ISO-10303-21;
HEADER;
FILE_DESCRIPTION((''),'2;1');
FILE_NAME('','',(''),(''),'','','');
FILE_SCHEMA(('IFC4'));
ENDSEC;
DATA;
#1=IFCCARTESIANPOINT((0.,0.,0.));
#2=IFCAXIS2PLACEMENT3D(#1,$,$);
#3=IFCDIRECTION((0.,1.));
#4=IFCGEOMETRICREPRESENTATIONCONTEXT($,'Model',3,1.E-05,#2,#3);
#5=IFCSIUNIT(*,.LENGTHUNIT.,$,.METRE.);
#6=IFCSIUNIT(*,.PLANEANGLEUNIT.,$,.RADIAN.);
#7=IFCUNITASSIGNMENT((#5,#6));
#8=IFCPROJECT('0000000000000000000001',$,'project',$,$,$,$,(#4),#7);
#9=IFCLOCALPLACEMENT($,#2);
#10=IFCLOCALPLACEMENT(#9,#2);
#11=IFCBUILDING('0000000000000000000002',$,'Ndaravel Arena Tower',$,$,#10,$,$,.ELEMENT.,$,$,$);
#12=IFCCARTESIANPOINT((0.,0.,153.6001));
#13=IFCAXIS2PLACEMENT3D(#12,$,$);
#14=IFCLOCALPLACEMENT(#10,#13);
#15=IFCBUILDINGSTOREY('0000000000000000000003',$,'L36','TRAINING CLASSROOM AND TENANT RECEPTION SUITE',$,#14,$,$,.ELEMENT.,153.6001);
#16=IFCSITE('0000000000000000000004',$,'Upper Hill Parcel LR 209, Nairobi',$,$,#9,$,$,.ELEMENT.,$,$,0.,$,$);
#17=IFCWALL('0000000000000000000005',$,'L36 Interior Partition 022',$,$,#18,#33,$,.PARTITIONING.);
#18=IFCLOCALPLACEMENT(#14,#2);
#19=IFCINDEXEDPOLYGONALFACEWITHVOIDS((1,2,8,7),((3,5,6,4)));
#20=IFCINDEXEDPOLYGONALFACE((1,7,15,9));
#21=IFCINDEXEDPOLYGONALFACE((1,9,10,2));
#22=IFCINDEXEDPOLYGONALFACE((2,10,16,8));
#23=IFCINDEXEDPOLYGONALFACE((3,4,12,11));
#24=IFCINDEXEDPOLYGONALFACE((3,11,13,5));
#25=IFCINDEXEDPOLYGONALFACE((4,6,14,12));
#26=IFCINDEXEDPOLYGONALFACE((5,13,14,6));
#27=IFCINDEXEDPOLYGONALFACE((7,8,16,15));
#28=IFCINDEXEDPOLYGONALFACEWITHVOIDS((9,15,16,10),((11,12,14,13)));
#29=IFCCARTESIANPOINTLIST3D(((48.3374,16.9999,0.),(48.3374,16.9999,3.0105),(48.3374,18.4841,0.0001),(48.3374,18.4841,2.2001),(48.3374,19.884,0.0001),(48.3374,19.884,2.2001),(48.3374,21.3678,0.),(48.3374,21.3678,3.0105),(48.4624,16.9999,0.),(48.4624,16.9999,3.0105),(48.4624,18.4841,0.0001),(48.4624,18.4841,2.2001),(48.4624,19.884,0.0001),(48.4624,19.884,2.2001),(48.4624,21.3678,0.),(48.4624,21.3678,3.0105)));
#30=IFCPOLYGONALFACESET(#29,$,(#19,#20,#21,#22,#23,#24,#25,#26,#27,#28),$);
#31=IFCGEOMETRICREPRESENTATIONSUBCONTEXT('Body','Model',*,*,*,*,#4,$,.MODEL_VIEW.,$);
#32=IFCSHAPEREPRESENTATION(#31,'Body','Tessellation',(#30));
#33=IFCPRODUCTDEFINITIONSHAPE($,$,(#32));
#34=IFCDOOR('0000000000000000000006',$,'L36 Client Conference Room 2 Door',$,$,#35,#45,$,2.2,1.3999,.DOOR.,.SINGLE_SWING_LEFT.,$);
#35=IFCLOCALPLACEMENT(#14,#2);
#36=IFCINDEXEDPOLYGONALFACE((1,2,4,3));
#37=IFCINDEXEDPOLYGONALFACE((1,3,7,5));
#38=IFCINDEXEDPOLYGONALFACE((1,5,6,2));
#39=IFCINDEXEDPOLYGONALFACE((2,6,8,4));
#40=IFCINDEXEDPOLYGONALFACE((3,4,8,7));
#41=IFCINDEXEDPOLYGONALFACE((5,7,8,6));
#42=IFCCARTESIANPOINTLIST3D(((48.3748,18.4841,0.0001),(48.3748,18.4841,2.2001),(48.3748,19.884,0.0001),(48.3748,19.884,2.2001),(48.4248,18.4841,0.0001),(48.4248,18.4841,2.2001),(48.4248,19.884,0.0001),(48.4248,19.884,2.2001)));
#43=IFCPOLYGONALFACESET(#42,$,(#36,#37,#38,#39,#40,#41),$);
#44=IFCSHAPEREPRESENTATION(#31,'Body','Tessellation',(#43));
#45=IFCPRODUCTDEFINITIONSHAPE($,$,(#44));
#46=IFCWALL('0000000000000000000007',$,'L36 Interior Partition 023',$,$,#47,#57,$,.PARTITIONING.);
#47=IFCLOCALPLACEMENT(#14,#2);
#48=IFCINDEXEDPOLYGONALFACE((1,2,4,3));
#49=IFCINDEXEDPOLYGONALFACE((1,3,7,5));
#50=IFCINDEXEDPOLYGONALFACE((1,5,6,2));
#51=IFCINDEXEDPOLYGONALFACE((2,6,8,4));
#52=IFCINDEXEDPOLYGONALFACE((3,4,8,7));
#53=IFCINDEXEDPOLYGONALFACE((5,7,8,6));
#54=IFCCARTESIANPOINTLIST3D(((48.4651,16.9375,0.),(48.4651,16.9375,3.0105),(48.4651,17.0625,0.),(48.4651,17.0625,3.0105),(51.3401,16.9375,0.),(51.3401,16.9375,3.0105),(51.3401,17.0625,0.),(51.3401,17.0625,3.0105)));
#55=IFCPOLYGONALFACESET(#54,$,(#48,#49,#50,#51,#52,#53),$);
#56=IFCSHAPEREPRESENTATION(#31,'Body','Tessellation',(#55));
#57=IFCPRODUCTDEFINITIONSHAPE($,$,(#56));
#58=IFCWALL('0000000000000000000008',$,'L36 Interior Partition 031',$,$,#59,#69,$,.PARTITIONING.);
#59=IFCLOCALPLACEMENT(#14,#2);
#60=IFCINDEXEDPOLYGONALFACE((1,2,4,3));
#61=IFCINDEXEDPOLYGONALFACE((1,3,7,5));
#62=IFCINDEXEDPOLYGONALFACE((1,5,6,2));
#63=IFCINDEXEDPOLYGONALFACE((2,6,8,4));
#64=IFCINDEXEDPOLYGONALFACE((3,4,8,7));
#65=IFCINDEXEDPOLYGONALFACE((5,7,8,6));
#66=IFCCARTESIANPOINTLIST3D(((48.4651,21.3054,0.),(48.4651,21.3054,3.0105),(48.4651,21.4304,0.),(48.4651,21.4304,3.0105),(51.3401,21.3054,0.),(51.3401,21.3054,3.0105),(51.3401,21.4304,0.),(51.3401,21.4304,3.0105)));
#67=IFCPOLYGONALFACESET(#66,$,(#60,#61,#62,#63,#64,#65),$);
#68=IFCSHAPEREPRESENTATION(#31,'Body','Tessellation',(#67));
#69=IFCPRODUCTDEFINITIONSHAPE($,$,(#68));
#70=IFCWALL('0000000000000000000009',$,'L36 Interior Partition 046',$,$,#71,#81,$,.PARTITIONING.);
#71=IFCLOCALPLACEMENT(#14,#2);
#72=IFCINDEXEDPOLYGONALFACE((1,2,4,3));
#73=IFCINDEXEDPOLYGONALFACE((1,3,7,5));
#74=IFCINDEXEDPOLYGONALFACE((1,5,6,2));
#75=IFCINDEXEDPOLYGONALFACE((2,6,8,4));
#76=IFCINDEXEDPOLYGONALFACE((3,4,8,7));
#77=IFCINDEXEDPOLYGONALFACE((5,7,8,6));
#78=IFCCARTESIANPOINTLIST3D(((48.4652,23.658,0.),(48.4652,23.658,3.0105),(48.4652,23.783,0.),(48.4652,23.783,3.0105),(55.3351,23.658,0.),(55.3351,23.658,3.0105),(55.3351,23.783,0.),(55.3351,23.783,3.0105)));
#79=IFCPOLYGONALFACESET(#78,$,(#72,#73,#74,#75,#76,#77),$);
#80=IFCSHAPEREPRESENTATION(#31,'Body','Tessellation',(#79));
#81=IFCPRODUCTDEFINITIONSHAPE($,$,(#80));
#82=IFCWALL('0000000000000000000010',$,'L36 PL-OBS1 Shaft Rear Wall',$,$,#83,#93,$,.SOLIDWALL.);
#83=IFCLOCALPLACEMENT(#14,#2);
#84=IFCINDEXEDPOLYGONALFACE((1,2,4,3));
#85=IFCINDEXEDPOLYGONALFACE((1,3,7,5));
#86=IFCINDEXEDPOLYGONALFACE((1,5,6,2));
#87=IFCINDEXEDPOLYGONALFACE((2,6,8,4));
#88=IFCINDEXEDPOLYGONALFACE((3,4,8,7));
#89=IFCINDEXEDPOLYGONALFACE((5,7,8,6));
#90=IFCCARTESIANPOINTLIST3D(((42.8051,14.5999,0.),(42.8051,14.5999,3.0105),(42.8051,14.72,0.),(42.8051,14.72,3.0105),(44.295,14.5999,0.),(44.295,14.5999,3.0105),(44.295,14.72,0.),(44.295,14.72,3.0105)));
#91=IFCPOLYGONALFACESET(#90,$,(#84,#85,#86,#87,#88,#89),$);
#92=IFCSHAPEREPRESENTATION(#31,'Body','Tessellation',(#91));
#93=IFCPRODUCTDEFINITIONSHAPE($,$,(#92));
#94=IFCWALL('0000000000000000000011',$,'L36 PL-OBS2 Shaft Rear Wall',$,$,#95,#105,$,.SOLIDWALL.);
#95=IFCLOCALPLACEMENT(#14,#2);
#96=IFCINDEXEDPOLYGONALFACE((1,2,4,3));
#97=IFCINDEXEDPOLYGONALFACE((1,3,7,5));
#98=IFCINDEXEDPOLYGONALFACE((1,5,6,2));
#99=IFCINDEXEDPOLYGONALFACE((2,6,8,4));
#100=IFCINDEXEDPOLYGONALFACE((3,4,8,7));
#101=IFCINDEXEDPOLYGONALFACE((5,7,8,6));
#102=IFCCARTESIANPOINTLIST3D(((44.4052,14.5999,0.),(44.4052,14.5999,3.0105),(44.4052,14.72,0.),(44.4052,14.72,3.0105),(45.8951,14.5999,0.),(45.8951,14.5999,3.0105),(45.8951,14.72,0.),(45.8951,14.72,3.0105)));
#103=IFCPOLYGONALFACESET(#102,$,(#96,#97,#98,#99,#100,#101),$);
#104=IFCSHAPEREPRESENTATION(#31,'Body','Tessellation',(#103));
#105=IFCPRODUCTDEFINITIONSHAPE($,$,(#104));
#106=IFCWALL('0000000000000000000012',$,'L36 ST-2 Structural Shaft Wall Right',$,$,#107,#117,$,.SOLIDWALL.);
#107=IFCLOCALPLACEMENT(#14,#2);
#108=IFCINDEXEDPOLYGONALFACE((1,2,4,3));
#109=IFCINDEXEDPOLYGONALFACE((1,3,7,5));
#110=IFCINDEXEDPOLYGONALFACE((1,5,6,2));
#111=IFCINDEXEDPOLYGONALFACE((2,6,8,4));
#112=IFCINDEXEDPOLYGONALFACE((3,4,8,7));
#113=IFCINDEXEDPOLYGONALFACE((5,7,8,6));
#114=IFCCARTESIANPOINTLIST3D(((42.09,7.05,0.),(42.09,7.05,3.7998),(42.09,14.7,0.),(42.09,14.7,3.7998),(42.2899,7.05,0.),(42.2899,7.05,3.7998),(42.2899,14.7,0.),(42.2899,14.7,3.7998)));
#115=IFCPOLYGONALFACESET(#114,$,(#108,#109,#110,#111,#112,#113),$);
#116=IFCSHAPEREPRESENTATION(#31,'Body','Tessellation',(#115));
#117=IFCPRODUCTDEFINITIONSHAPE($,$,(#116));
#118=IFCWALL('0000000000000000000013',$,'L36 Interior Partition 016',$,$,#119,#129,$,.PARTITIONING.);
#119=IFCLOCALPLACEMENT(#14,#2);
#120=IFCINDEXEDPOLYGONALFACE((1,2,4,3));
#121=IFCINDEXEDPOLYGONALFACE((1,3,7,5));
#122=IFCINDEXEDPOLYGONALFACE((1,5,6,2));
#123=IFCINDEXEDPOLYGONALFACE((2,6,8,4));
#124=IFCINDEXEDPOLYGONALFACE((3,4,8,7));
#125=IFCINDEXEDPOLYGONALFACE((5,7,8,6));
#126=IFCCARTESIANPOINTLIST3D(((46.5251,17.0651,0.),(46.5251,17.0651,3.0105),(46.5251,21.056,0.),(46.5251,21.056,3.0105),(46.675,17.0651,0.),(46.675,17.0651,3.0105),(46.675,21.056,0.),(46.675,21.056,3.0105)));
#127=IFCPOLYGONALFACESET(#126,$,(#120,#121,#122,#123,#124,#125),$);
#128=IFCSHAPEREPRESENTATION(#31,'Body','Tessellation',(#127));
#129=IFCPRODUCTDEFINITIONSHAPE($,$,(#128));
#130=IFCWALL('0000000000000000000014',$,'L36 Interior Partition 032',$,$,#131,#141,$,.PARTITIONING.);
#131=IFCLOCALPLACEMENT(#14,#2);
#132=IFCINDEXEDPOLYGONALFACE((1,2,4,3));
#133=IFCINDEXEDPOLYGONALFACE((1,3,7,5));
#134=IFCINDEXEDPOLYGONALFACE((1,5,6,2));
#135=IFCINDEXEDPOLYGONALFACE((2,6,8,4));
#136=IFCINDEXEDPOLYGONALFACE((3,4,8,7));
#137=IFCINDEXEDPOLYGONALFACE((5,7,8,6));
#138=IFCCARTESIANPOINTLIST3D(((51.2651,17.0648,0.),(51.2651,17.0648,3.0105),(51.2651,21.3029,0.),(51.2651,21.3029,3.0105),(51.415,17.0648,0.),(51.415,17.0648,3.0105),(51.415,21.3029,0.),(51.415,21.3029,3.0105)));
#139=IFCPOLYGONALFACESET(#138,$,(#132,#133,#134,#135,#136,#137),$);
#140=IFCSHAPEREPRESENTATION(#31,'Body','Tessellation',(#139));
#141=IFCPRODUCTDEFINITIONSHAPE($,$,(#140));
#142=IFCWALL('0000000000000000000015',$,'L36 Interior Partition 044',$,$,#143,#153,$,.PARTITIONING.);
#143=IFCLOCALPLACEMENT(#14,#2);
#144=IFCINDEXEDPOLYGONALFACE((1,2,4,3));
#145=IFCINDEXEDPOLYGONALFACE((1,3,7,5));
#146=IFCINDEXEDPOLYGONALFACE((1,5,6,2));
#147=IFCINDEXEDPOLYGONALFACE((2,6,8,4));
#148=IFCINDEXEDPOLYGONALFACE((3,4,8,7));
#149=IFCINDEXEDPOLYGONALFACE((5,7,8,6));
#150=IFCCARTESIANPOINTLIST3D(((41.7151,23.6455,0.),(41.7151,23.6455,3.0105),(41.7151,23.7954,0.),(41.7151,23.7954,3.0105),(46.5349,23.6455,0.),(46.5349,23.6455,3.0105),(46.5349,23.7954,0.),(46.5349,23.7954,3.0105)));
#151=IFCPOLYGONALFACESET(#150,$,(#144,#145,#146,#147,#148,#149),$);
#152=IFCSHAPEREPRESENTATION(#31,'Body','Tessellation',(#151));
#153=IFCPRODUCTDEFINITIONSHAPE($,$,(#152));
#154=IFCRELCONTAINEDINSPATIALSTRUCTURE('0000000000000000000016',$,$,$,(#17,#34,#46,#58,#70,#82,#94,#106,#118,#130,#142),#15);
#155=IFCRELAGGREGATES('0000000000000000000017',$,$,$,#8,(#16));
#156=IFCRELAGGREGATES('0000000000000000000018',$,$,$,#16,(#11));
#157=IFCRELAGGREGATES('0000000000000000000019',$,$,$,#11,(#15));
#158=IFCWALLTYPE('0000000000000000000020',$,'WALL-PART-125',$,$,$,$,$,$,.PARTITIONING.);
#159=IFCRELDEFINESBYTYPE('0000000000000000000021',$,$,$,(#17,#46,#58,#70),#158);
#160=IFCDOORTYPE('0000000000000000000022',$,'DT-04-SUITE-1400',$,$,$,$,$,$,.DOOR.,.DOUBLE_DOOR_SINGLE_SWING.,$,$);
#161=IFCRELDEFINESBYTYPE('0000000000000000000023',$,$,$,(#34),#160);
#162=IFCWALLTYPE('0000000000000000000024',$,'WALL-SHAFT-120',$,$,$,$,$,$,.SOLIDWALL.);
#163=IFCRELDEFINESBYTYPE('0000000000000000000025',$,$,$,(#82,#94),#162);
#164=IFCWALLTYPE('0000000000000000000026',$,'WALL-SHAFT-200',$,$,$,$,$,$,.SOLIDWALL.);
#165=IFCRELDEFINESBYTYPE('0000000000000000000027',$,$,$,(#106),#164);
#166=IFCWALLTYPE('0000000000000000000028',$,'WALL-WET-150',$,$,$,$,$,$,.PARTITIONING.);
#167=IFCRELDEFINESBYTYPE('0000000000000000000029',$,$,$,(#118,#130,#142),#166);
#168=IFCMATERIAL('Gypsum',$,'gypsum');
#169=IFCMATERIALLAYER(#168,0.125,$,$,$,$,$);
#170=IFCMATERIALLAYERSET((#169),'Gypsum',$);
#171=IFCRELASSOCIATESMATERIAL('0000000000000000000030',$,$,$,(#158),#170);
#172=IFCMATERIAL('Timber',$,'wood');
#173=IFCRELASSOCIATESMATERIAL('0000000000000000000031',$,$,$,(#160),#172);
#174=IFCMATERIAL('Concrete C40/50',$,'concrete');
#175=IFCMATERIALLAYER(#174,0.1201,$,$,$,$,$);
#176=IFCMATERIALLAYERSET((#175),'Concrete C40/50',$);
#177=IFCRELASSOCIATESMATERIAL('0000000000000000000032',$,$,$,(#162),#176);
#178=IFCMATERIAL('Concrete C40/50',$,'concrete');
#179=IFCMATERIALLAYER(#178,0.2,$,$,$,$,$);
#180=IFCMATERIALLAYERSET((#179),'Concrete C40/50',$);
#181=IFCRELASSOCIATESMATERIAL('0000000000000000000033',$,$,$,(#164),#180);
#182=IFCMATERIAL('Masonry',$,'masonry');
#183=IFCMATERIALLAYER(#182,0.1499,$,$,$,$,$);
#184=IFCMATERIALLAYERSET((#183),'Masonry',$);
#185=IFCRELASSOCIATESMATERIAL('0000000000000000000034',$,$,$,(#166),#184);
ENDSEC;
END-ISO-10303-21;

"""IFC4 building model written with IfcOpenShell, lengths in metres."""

from ifc_helpers import new_model, si_unit, direction, frame, frame_2d, origin, place, context, subcontext, project, spatial, rectangle, extrude, material, layer, layer_set, type_object, element, fill, save


model = new_model("IFC4")

# Units and contexts
model_context = context("Model", 3, precision=1e-05, world=origin(), true_north=direction((0.0, 1.0)))
body_context = subcontext(model_context, "Body", "Model", "MODEL_VIEW")
ifc_project = project(units=[si_unit("LENGTHUNIT", "METRE"), si_unit("PLANEANGLEUNIT", "RADIAN")], contexts=[model_context])

# Site, building, storey
site_placement = place(None, origin())
site = spatial("IfcSite", under=ifc_project, at=site_placement, Name="Upper Hill Parcel LR 209, Nairobi", CompositionType="ELEMENT", RefElevation=0.0)
building_placement = place(site_placement, origin())
building = spatial("IfcBuilding", under=site, at=building_placement, Name="Ndaravel Arena Tower", CompositionType="ELEMENT")
storey_placement = place(building_placement, frame((0.0, 0.0, 153.6001)))
storey = spatial("IfcBuildingStorey", under=building, at=storey_placement, Name="L36", Description="TRAINING CLASSROOM AND TENANT RECEPTION SUITE", CompositionType="ELEMENT", Elevation=153.6001)

# Wall, opening, door
ifc_material_1 = material(Name="Gypsum", Category="gypsum")
ifc_layer_1 = layer(ifc_material_1, 0.125)
ifc_layer_set_1 = layer_set([ifc_layer_1], Name="Gypsum")
wall_type_1 = type_object("IfcWallType", Name="WALL-PART-125", PredefinedType="PARTITIONING", material=ifc_layer_set_1)
wall_1_placement = place(storey_placement, frame((48.3999, 21.3679, 0.0), z_axis=(0.0, 0.0, 1.0), x_axis=(0.0, -1.0, 0.0)))
wall_1 = element("IfcWall", 1, at=wall_1_placement, inside=storey, type_object=wall_type_1, Name="L36 Interior Partition 022", PredefinedType="PARTITIONING", context=body_context, shape_type="SweptSolid", body=[
    extrude(rectangle(XDim=4.3679, YDim=0.125, at=frame_2d((2.1841, 0.0))), origin(), (0.0, 0.0, 1.0), 3.0105),
])
opening_1_placement = place(wall_1_placement, frame((1.4839, 0.0, 0.0)))
opening_1 = element("IfcOpeningElement", 2, at=opening_1_placement, cuts=wall_1, PredefinedType="OPENING", context=body_context, shape_type="SweptSolid", body=[
    extrude(rectangle(XDim=1.3999, YDim=2.2, at=frame_2d((0.7, 1.1001))), frame((0.0, 0.0625, 0.0), z_axis=(0.0, -1.0, 0.0), x_axis=(1.0, 0.0, 0.0)), (0.0, 0.0, 1.0), 0.125),
])
ifc_material_2 = material(Name="Timber", Category="wood")
door_type_1 = type_object("IfcDoorType", Name="DT-04-SUITE-1400", OperationType="DOUBLE_DOOR_SINGLE_SWING", PredefinedType="DOOR", material=ifc_material_2)
door_1_placement = place(opening_1_placement, origin())
door_1 = element("IfcDoor", 3, at=door_1_placement, inside=storey, type_object=door_type_1, Name="L36 Client Conference Room 2 Door", OperationType="SINGLE_SWING_LEFT", OverallHeight=2.2, OverallWidth=1.3999, PredefinedType="DOOR", context=body_context, shape_type="SweptSolid", body=[
    extrude(rectangle(XDim=1.3999, YDim=2.2, at=frame_2d((0.7, 1.1001))), frame((0.0, 0.0249, 0.0), z_axis=(0.0, -1.0, 0.0), x_axis=(1.0, 0.0, 0.0)), (0.0, 0.0, 1.0), 0.05),
])
fill(opening_1, door_1)

# Walls
for number, where, z_axis, x_axis, name in (
    (4, (48.4651, 17.0, 0.0), (0.0, 0.0, 1.0), (1.0, 0.0, 0.0), "L36 Interior Partition 023"),
    (5, (48.4651, 21.3679, 0.0), (0.0, 0.0, 1.0), (1.0, 0.0, 0.0), "L36 Interior Partition 031"),
):
    element("IfcWall", number, at=place(storey_placement, frame(where, z_axis=z_axis, x_axis=x_axis)), inside=storey, type_object=wall_type_1, Name=name, PredefinedType="PARTITIONING", context=body_context, shape_type="SweptSolid", body=[
        extrude(rectangle(XDim=2.875, YDim=0.125, at=frame_2d((1.4375, 0.0))), origin(), (0.0, 0.0, 1.0), 3.0105),
    ])
wall_2_placement = place(storey_placement, frame((48.4651, 23.7205, 0.0), z_axis=(0.0, 0.0, 1.0), x_axis=(1.0, 0.0, 0.0)))
element("IfcWall", 6, at=wall_2_placement, inside=storey, type_object=wall_type_1, Name="L36 Interior Partition 046", PredefinedType="PARTITIONING", context=body_context, shape_type="SweptSolid", body=[
    extrude(rectangle(XDim=6.8699, YDim=0.125, at=frame_2d((3.4351, 0.0))), origin(), (0.0, 0.0, 1.0), 3.0105),
])
ifc_material_3 = material(Name="Concrete C40/50", Category="concrete")
ifc_layer_2 = layer(ifc_material_3, 0.1201)
ifc_layer_set_2 = layer_set([ifc_layer_2], Name="Concrete C40/50")
wall_type_2 = type_object("IfcWallType", Name="WALL-SHAFT-120", PredefinedType="SOLIDWALL", material=ifc_layer_set_2)
for number, where, z_axis, x_axis, name in (
    (7, (42.8049, 14.6599, 0.0), (0.0, 0.0, 1.0), (1.0, 0.0, 0.0), "L36 PL-OBS1 Shaft Rear Wall"),
    (8, (44.405, 14.6599, 0.0), (0.0, 0.0, 1.0), (1.0, 0.0, 0.0), "L36 PL-OBS2 Shaft Rear Wall"),
):
    element("IfcWall", number, at=place(storey_placement, frame(where, z_axis=z_axis, x_axis=x_axis)), inside=storey, type_object=wall_type_2, Name=name, PredefinedType="SOLIDWALL", context=body_context, shape_type="SweptSolid", body=[
        extrude(rectangle(XDim=1.49, YDim=0.1201, at=frame_2d((0.7451, 0.0))), origin(), (0.0, 0.0, 1.0), 3.0105),
    ])
ifc_material_4 = material(Name="Concrete C40/50", Category="concrete")
ifc_layer_3 = layer(ifc_material_4, 0.2)
ifc_layer_set_3 = layer_set([ifc_layer_3], Name="Concrete C40/50")
wall_type_3 = type_object("IfcWallType", Name="WALL-SHAFT-200", PredefinedType="SOLIDWALL", material=ifc_layer_set_3)
wall_3_placement = place(storey_placement, frame((42.1899, 14.7, 0.0), z_axis=(0.0, 0.0, 1.0), x_axis=(0.0, -1.0, 0.0)))
element("IfcWall", 9, at=wall_3_placement, inside=storey, type_object=wall_type_3, Name="L36 ST-2 Structural Shaft Wall Right", PredefinedType="SOLIDWALL", context=body_context, shape_type="SweptSolid", body=[
    extrude(rectangle(XDim=7.6499, YDim=0.2, at=frame_2d((3.825, 0.0))), origin(), (0.0, 0.0, 1.0), 3.7998),
])
ifc_material_5 = material(Name="Masonry", Category="masonry")
ifc_layer_4 = layer(ifc_material_5, 0.1499)
ifc_layer_set_4 = layer_set([ifc_layer_4], Name="Masonry")
wall_type_4 = type_object("IfcWallType", Name="WALL-WET-150", PredefinedType="PARTITIONING", material=ifc_layer_set_4)
wall_4_placement = place(storey_placement, frame((46.6001, 17.0649, 0.0), z_axis=(0.0, 0.0, 1.0), x_axis=(0.0, 1.0, 0.0)))
element("IfcWall", 10, at=wall_4_placement, inside=storey, type_object=wall_type_4, Name="L36 Interior Partition 016", PredefinedType="PARTITIONING", context=body_context, shape_type="SweptSolid", body=[
    extrude(rectangle(XDim=3.991, YDim=0.1499, at=frame_2d((1.9956, 0.0))), origin(), (0.0, 0.0, 1.0), 3.0105),
])

# Walls
wall_5_placement = place(storey_placement, frame((51.3401, 21.303, 0.0), z_axis=(0.0, 0.0, 1.0), x_axis=(0.0, -1.0, 0.0)))
element("IfcWall", 11, at=wall_5_placement, inside=storey, type_object=wall_type_4, Name="L36 Interior Partition 032", PredefinedType="PARTITIONING", context=body_context, shape_type="SweptSolid", body=[
    extrude(rectangle(XDim=4.238, YDim=0.1499, at=frame_2d((2.1191, 0.0))), origin(), (0.0, 0.0, 1.0), 3.0105),
])
wall_6_placement = place(storey_placement, frame((41.7151, 23.7205, 0.0), z_axis=(0.0, 0.0, 1.0), x_axis=(1.0, 0.0, 0.0)))
element("IfcWall", 12, at=wall_6_placement, inside=storey, type_object=wall_type_4, Name="L36 Interior Partition 044", PredefinedType="PARTITIONING", context=body_context, shape_type="SweptSolid", body=[
    extrude(rectangle(XDim=4.8198, YDim=0.1499, at=frame_2d((2.4099, 0.0))), origin(), (0.0, 0.0, 1.0), 3.0105),
])

save(model, "model.ifc")
